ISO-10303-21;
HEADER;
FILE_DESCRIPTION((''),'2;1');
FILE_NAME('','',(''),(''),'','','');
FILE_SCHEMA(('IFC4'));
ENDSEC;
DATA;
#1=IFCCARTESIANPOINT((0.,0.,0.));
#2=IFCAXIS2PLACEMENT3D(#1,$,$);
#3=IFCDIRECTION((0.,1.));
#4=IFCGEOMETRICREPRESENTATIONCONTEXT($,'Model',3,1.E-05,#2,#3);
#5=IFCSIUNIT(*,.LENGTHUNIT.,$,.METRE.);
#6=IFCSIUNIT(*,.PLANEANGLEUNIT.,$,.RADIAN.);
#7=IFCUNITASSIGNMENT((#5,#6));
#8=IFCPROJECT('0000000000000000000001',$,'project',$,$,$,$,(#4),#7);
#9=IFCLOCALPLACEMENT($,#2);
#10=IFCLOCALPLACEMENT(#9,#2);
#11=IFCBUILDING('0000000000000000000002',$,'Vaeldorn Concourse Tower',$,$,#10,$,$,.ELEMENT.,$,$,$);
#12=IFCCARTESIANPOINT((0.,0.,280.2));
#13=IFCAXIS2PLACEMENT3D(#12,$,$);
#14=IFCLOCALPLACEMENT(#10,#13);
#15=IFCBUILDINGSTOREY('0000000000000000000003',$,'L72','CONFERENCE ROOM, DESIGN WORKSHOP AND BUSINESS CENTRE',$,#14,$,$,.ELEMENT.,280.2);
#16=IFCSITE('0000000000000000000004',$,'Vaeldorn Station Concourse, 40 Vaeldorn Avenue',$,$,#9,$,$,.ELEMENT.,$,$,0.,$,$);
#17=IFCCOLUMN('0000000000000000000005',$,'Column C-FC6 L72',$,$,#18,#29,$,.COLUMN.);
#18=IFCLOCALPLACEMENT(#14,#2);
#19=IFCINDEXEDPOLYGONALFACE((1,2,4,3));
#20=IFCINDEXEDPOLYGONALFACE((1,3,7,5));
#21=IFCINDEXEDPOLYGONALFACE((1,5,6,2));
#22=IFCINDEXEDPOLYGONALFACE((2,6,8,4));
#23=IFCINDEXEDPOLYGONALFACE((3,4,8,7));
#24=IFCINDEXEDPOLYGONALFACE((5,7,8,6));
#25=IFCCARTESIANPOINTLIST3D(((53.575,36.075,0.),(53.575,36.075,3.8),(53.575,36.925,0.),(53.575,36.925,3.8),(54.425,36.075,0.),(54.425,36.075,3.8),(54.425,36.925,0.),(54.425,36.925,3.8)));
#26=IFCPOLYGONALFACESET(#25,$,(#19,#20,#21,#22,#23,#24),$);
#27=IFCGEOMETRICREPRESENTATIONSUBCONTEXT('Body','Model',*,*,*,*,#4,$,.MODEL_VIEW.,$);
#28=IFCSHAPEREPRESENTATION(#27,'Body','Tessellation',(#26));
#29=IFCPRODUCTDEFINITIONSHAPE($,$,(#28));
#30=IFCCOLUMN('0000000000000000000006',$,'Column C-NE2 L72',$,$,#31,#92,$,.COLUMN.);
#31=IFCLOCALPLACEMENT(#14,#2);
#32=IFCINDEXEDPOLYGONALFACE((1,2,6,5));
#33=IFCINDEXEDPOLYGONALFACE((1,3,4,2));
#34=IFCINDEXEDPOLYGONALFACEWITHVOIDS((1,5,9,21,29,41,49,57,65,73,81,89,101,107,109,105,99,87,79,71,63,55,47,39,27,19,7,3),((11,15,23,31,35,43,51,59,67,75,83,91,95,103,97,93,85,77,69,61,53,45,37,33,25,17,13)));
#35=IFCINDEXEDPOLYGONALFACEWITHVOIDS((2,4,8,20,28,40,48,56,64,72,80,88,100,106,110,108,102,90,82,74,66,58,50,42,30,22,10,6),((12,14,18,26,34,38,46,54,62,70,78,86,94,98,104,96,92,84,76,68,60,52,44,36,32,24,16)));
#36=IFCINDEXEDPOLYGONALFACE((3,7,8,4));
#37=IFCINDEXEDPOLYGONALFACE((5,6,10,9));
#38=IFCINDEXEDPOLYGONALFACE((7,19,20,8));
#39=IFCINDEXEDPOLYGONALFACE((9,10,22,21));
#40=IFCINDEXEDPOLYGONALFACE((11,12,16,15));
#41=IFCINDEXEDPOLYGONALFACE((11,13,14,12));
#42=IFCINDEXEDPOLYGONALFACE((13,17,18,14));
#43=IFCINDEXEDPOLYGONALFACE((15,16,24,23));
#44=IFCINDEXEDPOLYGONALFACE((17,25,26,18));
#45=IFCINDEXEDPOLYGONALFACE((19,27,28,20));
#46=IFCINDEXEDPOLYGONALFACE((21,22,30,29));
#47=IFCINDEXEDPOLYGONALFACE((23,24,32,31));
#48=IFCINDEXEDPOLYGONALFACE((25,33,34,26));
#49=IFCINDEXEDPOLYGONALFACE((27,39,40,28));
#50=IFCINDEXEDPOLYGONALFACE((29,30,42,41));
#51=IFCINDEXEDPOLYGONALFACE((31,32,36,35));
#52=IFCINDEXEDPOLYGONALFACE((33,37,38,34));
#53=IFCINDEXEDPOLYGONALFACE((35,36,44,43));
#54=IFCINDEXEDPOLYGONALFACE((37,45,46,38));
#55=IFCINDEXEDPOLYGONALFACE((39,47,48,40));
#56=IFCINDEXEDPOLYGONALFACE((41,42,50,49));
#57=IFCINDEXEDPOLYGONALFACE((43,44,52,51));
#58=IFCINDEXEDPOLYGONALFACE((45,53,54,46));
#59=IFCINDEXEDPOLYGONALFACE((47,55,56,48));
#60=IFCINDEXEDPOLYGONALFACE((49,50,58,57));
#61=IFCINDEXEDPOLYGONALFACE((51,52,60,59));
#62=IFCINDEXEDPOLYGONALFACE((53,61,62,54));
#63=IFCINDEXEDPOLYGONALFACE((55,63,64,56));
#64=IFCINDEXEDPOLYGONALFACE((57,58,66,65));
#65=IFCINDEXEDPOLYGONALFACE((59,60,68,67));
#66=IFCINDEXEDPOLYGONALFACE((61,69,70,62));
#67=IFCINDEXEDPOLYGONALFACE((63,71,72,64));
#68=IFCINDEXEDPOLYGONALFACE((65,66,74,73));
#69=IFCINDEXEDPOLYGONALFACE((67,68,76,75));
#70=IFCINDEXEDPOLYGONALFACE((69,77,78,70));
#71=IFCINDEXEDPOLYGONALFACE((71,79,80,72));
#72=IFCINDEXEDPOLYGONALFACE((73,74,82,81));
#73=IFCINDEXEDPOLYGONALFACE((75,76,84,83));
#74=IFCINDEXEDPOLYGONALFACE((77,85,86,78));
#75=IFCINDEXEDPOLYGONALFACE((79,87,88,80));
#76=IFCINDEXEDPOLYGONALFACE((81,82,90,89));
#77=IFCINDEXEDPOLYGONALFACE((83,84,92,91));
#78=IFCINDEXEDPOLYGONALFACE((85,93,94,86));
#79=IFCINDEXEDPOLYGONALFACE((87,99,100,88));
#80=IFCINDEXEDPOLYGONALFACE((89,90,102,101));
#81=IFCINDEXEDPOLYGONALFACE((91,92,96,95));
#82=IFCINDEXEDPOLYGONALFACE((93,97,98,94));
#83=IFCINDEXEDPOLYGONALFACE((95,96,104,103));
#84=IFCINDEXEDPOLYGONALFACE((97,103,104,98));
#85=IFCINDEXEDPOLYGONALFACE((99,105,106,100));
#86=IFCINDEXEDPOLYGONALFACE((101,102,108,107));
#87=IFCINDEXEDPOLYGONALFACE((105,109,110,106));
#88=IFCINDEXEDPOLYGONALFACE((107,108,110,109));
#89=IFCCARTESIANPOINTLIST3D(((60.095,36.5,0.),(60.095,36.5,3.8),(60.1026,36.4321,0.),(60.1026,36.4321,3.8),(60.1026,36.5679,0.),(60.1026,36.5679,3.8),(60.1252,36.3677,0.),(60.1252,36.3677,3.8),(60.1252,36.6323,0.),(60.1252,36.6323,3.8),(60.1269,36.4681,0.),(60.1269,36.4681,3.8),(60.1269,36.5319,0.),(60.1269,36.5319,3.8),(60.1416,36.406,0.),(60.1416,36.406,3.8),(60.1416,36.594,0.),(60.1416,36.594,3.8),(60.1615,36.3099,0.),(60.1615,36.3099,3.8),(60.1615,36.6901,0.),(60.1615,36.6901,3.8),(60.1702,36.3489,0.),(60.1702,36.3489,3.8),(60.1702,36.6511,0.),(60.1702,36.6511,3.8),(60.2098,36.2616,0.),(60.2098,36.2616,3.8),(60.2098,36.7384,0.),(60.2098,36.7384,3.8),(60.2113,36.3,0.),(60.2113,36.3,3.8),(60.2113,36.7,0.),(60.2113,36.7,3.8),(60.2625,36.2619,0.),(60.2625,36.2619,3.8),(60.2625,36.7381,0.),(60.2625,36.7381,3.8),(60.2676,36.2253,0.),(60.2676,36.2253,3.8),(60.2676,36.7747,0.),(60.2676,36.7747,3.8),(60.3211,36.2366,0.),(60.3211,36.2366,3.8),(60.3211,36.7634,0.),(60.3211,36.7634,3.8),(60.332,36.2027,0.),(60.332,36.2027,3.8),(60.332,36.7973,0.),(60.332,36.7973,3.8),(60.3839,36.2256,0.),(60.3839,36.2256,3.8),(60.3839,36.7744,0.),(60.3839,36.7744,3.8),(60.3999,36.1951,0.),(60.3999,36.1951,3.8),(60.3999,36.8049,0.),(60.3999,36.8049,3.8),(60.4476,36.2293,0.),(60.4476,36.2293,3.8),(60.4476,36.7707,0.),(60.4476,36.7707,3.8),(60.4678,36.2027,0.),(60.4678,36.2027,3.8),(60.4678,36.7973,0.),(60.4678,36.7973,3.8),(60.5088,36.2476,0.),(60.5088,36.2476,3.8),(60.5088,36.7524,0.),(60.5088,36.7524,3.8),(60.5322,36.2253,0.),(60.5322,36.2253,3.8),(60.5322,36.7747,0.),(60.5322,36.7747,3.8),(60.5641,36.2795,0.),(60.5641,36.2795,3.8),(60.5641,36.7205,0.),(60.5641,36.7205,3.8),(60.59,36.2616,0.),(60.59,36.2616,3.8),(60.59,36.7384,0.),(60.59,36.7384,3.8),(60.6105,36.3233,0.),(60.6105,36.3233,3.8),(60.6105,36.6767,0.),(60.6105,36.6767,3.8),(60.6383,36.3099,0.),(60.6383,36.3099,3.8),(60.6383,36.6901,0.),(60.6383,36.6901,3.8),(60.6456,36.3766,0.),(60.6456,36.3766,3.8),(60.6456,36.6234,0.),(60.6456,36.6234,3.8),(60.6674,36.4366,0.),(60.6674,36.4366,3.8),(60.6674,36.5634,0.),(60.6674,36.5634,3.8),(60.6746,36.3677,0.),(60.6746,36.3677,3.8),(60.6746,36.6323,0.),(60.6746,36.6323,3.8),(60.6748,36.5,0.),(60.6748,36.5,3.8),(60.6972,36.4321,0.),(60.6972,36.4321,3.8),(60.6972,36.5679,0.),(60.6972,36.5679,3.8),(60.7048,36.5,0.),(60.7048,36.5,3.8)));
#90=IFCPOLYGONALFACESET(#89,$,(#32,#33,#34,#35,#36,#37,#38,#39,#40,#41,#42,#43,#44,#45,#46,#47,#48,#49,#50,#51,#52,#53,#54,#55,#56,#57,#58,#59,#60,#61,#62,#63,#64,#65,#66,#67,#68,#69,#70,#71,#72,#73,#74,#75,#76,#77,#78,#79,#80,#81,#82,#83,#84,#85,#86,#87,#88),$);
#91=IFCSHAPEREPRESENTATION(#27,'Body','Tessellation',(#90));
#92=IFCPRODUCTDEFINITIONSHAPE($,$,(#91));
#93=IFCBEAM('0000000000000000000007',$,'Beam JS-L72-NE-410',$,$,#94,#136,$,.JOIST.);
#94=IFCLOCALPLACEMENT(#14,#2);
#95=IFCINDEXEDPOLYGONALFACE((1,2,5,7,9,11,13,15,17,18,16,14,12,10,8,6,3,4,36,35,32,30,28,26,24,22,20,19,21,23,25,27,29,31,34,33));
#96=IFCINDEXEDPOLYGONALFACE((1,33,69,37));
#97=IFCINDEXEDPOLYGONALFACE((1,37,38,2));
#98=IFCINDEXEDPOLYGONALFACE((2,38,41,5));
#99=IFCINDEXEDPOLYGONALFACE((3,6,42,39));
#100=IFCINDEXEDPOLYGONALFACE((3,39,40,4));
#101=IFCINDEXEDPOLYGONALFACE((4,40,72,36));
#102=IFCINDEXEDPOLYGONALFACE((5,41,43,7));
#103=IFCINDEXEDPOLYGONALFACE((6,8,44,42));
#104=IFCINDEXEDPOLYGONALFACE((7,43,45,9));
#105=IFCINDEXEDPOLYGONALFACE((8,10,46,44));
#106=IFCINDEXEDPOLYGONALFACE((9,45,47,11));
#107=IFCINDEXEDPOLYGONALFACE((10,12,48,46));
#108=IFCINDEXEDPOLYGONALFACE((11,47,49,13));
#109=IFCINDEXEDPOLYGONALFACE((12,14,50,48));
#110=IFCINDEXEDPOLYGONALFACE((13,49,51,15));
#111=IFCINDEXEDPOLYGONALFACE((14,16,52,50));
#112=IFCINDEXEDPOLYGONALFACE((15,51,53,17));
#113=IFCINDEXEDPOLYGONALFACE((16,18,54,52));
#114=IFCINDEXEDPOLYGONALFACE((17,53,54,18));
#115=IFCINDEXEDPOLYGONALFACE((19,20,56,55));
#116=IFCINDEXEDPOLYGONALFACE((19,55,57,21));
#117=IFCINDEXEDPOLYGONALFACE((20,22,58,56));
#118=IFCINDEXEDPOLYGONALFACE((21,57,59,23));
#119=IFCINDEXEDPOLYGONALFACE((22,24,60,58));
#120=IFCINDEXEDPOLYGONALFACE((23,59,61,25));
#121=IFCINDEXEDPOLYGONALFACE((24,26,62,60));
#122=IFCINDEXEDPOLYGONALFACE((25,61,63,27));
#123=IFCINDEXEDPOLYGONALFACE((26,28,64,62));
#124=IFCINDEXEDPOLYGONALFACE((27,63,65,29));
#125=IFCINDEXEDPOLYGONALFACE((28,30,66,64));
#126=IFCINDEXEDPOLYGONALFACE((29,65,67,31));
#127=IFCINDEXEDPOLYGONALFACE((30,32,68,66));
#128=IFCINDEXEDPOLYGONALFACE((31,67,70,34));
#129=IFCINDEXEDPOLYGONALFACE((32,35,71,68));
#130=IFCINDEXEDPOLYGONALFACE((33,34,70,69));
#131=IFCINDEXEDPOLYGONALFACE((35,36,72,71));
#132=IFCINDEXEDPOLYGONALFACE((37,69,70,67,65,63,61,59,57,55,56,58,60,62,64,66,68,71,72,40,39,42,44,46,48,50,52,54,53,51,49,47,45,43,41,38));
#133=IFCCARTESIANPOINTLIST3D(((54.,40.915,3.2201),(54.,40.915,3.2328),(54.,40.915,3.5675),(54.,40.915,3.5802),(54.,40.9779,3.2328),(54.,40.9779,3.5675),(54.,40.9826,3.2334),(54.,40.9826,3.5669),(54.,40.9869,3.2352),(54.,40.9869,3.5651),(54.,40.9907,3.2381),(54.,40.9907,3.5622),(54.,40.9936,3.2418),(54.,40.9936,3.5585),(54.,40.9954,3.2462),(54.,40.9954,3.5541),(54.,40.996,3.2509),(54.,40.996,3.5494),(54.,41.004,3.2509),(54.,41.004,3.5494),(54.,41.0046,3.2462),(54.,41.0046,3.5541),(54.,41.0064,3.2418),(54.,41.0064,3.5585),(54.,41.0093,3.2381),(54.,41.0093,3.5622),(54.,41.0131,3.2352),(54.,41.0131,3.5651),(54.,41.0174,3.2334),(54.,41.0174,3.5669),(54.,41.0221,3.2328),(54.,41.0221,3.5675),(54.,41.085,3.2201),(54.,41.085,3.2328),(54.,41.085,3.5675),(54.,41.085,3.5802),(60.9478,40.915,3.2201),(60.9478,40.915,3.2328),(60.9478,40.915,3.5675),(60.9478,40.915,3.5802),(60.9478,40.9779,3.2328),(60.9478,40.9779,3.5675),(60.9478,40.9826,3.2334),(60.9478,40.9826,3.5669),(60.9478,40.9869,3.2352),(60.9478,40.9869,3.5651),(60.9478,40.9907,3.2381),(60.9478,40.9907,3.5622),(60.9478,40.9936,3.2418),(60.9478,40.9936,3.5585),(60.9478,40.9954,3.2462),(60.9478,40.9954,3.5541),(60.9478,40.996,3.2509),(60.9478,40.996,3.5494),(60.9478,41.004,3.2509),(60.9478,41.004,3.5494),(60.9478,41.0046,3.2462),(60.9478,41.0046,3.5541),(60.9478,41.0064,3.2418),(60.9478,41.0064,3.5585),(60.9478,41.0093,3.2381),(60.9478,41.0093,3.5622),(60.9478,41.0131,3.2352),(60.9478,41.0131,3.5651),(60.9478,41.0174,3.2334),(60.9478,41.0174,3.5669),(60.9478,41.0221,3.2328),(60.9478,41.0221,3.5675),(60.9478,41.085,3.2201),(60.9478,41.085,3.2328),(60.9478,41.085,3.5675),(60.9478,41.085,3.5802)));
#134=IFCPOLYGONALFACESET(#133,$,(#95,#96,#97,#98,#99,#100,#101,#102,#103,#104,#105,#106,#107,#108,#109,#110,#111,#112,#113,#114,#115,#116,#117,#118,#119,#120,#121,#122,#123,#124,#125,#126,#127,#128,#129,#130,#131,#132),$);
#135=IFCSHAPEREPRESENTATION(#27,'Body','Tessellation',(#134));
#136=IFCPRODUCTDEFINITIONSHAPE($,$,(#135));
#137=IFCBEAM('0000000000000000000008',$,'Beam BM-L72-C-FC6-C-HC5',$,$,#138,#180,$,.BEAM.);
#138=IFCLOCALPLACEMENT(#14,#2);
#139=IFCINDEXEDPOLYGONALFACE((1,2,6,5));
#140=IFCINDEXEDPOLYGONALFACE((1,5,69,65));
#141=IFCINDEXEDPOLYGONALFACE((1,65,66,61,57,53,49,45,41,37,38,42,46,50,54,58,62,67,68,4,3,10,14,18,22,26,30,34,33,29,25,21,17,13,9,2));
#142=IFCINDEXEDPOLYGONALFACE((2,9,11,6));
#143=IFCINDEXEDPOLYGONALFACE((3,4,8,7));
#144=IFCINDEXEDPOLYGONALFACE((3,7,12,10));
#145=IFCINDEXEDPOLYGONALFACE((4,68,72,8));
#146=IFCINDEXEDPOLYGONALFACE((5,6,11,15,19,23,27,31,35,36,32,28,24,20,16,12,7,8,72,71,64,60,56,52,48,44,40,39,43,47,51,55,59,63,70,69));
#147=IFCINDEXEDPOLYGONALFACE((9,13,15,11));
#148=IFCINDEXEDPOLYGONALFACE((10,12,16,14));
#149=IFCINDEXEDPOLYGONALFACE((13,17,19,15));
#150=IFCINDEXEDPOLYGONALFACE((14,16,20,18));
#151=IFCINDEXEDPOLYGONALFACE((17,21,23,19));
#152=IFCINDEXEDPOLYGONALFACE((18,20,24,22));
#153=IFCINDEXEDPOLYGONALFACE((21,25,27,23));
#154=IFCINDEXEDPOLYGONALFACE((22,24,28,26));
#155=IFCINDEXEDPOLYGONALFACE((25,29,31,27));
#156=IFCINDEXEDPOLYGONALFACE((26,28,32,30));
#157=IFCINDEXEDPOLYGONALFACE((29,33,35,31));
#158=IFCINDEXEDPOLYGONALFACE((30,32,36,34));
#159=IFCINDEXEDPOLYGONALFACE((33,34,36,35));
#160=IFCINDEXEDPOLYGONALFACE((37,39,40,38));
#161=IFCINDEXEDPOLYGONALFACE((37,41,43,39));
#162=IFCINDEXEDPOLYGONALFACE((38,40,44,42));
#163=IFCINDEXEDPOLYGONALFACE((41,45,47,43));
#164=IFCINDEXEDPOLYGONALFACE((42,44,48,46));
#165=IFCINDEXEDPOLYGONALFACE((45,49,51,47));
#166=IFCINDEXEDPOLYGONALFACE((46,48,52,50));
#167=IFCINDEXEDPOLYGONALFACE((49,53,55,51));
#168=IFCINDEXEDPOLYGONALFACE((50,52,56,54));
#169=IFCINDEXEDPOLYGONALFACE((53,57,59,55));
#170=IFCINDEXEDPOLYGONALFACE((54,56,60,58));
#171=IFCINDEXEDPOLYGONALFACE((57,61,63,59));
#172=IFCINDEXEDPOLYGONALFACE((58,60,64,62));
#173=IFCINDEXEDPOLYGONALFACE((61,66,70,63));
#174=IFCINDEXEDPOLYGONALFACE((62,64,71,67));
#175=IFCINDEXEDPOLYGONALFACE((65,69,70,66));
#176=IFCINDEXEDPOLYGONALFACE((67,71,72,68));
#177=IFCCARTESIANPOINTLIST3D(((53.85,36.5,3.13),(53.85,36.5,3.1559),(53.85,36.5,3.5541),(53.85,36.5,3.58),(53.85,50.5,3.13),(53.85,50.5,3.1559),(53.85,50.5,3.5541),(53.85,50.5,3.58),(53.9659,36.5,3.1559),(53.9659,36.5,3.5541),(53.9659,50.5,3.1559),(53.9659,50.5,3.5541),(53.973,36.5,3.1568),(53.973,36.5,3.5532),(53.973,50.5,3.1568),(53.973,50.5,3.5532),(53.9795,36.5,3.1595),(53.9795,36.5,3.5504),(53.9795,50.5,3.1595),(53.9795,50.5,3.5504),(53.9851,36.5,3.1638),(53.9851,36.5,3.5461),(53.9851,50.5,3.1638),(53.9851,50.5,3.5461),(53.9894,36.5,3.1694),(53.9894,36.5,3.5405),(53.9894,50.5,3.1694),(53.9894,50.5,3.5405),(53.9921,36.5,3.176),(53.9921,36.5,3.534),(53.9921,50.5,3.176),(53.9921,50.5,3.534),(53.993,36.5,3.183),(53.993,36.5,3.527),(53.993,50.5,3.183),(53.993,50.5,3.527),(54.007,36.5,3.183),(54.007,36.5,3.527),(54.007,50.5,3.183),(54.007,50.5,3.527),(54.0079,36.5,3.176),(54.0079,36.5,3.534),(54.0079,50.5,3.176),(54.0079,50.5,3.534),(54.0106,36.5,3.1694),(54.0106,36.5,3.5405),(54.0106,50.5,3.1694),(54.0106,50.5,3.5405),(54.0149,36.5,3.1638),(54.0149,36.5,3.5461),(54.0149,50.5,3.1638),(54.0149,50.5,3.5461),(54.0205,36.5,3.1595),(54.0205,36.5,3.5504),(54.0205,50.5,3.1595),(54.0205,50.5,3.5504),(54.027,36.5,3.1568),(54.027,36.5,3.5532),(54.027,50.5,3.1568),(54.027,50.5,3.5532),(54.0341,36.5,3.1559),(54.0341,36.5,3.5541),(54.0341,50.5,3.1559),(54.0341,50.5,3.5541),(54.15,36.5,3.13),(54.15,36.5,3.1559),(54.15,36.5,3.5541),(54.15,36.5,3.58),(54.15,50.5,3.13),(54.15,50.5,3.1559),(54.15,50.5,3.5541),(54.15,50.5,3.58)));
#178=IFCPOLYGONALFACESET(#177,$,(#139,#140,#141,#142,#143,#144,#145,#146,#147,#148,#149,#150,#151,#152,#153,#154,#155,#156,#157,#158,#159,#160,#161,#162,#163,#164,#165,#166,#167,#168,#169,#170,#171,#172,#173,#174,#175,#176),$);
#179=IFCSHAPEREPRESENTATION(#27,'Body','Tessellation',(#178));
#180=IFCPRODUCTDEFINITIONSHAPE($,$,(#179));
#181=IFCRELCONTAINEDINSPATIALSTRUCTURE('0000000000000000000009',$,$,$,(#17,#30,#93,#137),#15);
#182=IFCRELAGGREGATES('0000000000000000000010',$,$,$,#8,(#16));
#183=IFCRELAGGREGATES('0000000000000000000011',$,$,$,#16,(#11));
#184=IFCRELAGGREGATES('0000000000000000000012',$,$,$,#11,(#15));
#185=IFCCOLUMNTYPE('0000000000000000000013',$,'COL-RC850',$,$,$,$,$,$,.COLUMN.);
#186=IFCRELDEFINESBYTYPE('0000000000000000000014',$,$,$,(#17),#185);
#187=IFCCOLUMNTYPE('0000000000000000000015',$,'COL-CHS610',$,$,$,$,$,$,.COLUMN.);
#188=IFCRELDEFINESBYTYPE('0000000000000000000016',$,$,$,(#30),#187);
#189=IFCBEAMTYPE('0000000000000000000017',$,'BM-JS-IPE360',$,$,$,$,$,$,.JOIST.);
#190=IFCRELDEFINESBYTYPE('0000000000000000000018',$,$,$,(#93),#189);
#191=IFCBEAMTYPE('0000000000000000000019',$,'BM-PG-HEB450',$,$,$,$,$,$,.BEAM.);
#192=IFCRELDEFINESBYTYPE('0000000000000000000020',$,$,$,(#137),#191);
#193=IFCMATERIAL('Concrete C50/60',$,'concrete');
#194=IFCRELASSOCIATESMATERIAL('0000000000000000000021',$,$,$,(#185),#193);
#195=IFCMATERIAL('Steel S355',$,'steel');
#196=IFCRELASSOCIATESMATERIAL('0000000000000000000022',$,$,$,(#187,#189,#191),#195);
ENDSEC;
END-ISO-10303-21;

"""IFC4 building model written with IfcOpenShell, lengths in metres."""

from ifc_helpers import new_model, si_unit, direction, frame, origin, origin_2d, place, context, subcontext, project, spatial, rectangle, hollow_circle, i_section, extrude, source, transform, mapped, material, material_profile, profile_set, type_object, element, save


model = new_model("IFC4")

# Units and contexts
model_context = context("Model", 3, precision=1e-05, world=origin(), true_north=direction((0.0, 1.0)))
body_context = subcontext(model_context, "Body", "Model", "MODEL_VIEW")
ifc_project = project(units=[si_unit("LENGTHUNIT", "METRE"), si_unit("PLANEANGLEUNIT", "RADIAN")], contexts=[model_context])

# Site, building, storey
site_placement = place(None, origin())
site = spatial("IfcSite", under=ifc_project, at=site_placement, Name="Vaeldorn Station Concourse, 40 Vaeldorn Avenue", CompositionType="ELEMENT", RefElevation=0.0)
building_placement = place(site_placement, origin())
building = spatial("IfcBuilding", under=site, at=building_placement, Name="Vaeldorn Concourse Tower", CompositionType="ELEMENT")
storey_placement = place(building_placement, frame((0.0, 0.0, 280.2)))
storey = spatial("IfcBuildingStorey", under=building, at=storey_placement, Name="L72", Description="CONFERENCE ROOM, DESIGN WORKSHOP AND BUSINESS CENTRE", CompositionType="ELEMENT", Elevation=280.2)

# Columns
ifc_material_1 = material(Name="Concrete C50/60", Category="concrete")
ifc_material_profile_1 = material_profile(ifc_material_1, rectangle(XDim=0.8501, YDim=0.8501, at=origin_2d()), Name="RC 850x850")
ifc_profile_set_1 = profile_set([ifc_material_profile_1], Name="Concrete C50/60")
column_type_1 = type_object("IfcColumnType", Name="COL-RC850", PredefinedType="COLUMN", material=ifc_profile_set_1)
shared_shape_1 = source(origin(), body_context, "Body", "SweptSolid", [
    extrude(rectangle(XDim=0.8501, YDim=0.8501, at=origin_2d()), origin(), (0.0, 0.0, 1.0), 3.8),
])
column_1_placement = place(storey_placement, frame((54.0, 36.5, 0.0), z_axis=(0.0, 0.0, 1.0), x_axis=(1.0, 0.0, 0.0)))
element("IfcColumn", 1, at=column_1_placement, inside=storey, type_object=column_type_1, Name="Column C-FC6 L72", PredefinedType="COLUMN", context=body_context, shape_type="MappedRepresentation", body=[
    mapped(shared_shape_1, transform((0.0, 0.0, 0.0), scale=1.0)),
])
ifc_material_2 = material(Name="Steel S355", Category="steel")
ifc_material_profile_2 = material_profile(ifc_material_2, hollow_circle(Radius=0.3049, WallThickness=0.03, at=origin_2d()), Name="CHS 610x30")
ifc_profile_set_2 = profile_set([ifc_material_profile_2], Name="Steel S355")
column_type_2 = type_object("IfcColumnType", Name="COL-CHS610", PredefinedType="COLUMN", material=ifc_profile_set_2)
shared_shape_2 = source(origin(), body_context, "Body", "SweptSolid", [
    extrude(hollow_circle(Radius=0.3049, WallThickness=0.03, at=origin_2d()), origin(), (0.0, 0.0, 1.0), 3.8),
])
column_2_placement = place(storey_placement, frame((60.3999, 36.5, 0.0), z_axis=(0.0, 0.0, 1.0), x_axis=(1.0, 0.0, 0.0)))
element("IfcColumn", 2, at=column_2_placement, inside=storey, type_object=column_type_2, Name="Column C-NE2 L72", PredefinedType="COLUMN", context=body_context, shape_type="MappedRepresentation", body=[
    mapped(shared_shape_2, transform((0.0, 0.0, 0.0), scale=1.0)),
])

# Beams
ifc_material_profile_3 = material_profile(ifc_material_2, i_section(OverallWidth=0.1699, OverallDepth=0.3601, WebThickness=0.0081, FlangeThickness=0.0127, FilletRadius=0.0181, at=origin_2d()), Name="IPE 360")
ifc_profile_set_3 = profile_set([ifc_material_profile_3], Name="Steel S355")
beam_type_1 = type_object("IfcBeamType", Name="BM-JS-IPE360", PredefinedType="JOIST", material=ifc_profile_set_3)
shared_shape_3 = source(origin(), body_context, "Body", "SweptSolid", [
    extrude(i_section(OverallWidth=0.1699, OverallDepth=0.3601, WebThickness=0.0081, FlangeThickness=0.0127, FilletRadius=0.0181, at=origin_2d()), origin(), (0.0, 0.0, 1.0), 6.9478),
])
beam_1_placement = place(storey_placement, frame((54.0, 41.0, 3.4001), z_axis=(1.0, 0.0, 0.0), x_axis=(0.0, 1.0, 0.0)))
element("IfcBeam", 3, at=beam_1_placement, inside=storey, type_object=beam_type_1, Name="Beam JS-L72-NE-410", PredefinedType="JOIST", context=body_context, shape_type="MappedRepresentation", body=[
    mapped(shared_shape_3, transform((0.0, 0.0, 0.0), scale=1.0)),
])
ifc_material_profile_4 = material_profile(ifc_material_2, i_section(OverallWidth=0.3, OverallDepth=0.45, WebThickness=0.0139, FlangeThickness=0.0259, FilletRadius=0.0271, at=origin_2d()), Name="HEB 450")
ifc_profile_set_4 = profile_set([ifc_material_profile_4], Name="Steel S355")
beam_type_2 = type_object("IfcBeamType", Name="BM-PG-HEB450", PredefinedType="BEAM", material=ifc_profile_set_4)
shared_shape_4 = source(origin(), body_context, "Body", "SweptSolid", [
    extrude(i_section(OverallWidth=0.3, OverallDepth=0.45, WebThickness=0.0139, FlangeThickness=0.0259, FilletRadius=0.0271, at=origin_2d()), origin(), (0.0, 0.0, 1.0), 14.0),
])
beam_2_placement = place(storey_placement, frame((54.0, 36.5, 3.355), z_axis=(0.0, 1.0, 0.0), x_axis=(-1.0, 0.0, 0.0)))
element("IfcBeam", 4, at=beam_2_placement, inside=storey, type_object=beam_type_2, Name="Beam BM-L72-C-FC6-C-HC5", PredefinedType="BEAM", context=body_context, shape_type="MappedRepresentation", body=[
    mapped(shared_shape_4, transform((0.0, 0.0, 0.0), scale=1.0)),
])

save(model, "model.ifc")
